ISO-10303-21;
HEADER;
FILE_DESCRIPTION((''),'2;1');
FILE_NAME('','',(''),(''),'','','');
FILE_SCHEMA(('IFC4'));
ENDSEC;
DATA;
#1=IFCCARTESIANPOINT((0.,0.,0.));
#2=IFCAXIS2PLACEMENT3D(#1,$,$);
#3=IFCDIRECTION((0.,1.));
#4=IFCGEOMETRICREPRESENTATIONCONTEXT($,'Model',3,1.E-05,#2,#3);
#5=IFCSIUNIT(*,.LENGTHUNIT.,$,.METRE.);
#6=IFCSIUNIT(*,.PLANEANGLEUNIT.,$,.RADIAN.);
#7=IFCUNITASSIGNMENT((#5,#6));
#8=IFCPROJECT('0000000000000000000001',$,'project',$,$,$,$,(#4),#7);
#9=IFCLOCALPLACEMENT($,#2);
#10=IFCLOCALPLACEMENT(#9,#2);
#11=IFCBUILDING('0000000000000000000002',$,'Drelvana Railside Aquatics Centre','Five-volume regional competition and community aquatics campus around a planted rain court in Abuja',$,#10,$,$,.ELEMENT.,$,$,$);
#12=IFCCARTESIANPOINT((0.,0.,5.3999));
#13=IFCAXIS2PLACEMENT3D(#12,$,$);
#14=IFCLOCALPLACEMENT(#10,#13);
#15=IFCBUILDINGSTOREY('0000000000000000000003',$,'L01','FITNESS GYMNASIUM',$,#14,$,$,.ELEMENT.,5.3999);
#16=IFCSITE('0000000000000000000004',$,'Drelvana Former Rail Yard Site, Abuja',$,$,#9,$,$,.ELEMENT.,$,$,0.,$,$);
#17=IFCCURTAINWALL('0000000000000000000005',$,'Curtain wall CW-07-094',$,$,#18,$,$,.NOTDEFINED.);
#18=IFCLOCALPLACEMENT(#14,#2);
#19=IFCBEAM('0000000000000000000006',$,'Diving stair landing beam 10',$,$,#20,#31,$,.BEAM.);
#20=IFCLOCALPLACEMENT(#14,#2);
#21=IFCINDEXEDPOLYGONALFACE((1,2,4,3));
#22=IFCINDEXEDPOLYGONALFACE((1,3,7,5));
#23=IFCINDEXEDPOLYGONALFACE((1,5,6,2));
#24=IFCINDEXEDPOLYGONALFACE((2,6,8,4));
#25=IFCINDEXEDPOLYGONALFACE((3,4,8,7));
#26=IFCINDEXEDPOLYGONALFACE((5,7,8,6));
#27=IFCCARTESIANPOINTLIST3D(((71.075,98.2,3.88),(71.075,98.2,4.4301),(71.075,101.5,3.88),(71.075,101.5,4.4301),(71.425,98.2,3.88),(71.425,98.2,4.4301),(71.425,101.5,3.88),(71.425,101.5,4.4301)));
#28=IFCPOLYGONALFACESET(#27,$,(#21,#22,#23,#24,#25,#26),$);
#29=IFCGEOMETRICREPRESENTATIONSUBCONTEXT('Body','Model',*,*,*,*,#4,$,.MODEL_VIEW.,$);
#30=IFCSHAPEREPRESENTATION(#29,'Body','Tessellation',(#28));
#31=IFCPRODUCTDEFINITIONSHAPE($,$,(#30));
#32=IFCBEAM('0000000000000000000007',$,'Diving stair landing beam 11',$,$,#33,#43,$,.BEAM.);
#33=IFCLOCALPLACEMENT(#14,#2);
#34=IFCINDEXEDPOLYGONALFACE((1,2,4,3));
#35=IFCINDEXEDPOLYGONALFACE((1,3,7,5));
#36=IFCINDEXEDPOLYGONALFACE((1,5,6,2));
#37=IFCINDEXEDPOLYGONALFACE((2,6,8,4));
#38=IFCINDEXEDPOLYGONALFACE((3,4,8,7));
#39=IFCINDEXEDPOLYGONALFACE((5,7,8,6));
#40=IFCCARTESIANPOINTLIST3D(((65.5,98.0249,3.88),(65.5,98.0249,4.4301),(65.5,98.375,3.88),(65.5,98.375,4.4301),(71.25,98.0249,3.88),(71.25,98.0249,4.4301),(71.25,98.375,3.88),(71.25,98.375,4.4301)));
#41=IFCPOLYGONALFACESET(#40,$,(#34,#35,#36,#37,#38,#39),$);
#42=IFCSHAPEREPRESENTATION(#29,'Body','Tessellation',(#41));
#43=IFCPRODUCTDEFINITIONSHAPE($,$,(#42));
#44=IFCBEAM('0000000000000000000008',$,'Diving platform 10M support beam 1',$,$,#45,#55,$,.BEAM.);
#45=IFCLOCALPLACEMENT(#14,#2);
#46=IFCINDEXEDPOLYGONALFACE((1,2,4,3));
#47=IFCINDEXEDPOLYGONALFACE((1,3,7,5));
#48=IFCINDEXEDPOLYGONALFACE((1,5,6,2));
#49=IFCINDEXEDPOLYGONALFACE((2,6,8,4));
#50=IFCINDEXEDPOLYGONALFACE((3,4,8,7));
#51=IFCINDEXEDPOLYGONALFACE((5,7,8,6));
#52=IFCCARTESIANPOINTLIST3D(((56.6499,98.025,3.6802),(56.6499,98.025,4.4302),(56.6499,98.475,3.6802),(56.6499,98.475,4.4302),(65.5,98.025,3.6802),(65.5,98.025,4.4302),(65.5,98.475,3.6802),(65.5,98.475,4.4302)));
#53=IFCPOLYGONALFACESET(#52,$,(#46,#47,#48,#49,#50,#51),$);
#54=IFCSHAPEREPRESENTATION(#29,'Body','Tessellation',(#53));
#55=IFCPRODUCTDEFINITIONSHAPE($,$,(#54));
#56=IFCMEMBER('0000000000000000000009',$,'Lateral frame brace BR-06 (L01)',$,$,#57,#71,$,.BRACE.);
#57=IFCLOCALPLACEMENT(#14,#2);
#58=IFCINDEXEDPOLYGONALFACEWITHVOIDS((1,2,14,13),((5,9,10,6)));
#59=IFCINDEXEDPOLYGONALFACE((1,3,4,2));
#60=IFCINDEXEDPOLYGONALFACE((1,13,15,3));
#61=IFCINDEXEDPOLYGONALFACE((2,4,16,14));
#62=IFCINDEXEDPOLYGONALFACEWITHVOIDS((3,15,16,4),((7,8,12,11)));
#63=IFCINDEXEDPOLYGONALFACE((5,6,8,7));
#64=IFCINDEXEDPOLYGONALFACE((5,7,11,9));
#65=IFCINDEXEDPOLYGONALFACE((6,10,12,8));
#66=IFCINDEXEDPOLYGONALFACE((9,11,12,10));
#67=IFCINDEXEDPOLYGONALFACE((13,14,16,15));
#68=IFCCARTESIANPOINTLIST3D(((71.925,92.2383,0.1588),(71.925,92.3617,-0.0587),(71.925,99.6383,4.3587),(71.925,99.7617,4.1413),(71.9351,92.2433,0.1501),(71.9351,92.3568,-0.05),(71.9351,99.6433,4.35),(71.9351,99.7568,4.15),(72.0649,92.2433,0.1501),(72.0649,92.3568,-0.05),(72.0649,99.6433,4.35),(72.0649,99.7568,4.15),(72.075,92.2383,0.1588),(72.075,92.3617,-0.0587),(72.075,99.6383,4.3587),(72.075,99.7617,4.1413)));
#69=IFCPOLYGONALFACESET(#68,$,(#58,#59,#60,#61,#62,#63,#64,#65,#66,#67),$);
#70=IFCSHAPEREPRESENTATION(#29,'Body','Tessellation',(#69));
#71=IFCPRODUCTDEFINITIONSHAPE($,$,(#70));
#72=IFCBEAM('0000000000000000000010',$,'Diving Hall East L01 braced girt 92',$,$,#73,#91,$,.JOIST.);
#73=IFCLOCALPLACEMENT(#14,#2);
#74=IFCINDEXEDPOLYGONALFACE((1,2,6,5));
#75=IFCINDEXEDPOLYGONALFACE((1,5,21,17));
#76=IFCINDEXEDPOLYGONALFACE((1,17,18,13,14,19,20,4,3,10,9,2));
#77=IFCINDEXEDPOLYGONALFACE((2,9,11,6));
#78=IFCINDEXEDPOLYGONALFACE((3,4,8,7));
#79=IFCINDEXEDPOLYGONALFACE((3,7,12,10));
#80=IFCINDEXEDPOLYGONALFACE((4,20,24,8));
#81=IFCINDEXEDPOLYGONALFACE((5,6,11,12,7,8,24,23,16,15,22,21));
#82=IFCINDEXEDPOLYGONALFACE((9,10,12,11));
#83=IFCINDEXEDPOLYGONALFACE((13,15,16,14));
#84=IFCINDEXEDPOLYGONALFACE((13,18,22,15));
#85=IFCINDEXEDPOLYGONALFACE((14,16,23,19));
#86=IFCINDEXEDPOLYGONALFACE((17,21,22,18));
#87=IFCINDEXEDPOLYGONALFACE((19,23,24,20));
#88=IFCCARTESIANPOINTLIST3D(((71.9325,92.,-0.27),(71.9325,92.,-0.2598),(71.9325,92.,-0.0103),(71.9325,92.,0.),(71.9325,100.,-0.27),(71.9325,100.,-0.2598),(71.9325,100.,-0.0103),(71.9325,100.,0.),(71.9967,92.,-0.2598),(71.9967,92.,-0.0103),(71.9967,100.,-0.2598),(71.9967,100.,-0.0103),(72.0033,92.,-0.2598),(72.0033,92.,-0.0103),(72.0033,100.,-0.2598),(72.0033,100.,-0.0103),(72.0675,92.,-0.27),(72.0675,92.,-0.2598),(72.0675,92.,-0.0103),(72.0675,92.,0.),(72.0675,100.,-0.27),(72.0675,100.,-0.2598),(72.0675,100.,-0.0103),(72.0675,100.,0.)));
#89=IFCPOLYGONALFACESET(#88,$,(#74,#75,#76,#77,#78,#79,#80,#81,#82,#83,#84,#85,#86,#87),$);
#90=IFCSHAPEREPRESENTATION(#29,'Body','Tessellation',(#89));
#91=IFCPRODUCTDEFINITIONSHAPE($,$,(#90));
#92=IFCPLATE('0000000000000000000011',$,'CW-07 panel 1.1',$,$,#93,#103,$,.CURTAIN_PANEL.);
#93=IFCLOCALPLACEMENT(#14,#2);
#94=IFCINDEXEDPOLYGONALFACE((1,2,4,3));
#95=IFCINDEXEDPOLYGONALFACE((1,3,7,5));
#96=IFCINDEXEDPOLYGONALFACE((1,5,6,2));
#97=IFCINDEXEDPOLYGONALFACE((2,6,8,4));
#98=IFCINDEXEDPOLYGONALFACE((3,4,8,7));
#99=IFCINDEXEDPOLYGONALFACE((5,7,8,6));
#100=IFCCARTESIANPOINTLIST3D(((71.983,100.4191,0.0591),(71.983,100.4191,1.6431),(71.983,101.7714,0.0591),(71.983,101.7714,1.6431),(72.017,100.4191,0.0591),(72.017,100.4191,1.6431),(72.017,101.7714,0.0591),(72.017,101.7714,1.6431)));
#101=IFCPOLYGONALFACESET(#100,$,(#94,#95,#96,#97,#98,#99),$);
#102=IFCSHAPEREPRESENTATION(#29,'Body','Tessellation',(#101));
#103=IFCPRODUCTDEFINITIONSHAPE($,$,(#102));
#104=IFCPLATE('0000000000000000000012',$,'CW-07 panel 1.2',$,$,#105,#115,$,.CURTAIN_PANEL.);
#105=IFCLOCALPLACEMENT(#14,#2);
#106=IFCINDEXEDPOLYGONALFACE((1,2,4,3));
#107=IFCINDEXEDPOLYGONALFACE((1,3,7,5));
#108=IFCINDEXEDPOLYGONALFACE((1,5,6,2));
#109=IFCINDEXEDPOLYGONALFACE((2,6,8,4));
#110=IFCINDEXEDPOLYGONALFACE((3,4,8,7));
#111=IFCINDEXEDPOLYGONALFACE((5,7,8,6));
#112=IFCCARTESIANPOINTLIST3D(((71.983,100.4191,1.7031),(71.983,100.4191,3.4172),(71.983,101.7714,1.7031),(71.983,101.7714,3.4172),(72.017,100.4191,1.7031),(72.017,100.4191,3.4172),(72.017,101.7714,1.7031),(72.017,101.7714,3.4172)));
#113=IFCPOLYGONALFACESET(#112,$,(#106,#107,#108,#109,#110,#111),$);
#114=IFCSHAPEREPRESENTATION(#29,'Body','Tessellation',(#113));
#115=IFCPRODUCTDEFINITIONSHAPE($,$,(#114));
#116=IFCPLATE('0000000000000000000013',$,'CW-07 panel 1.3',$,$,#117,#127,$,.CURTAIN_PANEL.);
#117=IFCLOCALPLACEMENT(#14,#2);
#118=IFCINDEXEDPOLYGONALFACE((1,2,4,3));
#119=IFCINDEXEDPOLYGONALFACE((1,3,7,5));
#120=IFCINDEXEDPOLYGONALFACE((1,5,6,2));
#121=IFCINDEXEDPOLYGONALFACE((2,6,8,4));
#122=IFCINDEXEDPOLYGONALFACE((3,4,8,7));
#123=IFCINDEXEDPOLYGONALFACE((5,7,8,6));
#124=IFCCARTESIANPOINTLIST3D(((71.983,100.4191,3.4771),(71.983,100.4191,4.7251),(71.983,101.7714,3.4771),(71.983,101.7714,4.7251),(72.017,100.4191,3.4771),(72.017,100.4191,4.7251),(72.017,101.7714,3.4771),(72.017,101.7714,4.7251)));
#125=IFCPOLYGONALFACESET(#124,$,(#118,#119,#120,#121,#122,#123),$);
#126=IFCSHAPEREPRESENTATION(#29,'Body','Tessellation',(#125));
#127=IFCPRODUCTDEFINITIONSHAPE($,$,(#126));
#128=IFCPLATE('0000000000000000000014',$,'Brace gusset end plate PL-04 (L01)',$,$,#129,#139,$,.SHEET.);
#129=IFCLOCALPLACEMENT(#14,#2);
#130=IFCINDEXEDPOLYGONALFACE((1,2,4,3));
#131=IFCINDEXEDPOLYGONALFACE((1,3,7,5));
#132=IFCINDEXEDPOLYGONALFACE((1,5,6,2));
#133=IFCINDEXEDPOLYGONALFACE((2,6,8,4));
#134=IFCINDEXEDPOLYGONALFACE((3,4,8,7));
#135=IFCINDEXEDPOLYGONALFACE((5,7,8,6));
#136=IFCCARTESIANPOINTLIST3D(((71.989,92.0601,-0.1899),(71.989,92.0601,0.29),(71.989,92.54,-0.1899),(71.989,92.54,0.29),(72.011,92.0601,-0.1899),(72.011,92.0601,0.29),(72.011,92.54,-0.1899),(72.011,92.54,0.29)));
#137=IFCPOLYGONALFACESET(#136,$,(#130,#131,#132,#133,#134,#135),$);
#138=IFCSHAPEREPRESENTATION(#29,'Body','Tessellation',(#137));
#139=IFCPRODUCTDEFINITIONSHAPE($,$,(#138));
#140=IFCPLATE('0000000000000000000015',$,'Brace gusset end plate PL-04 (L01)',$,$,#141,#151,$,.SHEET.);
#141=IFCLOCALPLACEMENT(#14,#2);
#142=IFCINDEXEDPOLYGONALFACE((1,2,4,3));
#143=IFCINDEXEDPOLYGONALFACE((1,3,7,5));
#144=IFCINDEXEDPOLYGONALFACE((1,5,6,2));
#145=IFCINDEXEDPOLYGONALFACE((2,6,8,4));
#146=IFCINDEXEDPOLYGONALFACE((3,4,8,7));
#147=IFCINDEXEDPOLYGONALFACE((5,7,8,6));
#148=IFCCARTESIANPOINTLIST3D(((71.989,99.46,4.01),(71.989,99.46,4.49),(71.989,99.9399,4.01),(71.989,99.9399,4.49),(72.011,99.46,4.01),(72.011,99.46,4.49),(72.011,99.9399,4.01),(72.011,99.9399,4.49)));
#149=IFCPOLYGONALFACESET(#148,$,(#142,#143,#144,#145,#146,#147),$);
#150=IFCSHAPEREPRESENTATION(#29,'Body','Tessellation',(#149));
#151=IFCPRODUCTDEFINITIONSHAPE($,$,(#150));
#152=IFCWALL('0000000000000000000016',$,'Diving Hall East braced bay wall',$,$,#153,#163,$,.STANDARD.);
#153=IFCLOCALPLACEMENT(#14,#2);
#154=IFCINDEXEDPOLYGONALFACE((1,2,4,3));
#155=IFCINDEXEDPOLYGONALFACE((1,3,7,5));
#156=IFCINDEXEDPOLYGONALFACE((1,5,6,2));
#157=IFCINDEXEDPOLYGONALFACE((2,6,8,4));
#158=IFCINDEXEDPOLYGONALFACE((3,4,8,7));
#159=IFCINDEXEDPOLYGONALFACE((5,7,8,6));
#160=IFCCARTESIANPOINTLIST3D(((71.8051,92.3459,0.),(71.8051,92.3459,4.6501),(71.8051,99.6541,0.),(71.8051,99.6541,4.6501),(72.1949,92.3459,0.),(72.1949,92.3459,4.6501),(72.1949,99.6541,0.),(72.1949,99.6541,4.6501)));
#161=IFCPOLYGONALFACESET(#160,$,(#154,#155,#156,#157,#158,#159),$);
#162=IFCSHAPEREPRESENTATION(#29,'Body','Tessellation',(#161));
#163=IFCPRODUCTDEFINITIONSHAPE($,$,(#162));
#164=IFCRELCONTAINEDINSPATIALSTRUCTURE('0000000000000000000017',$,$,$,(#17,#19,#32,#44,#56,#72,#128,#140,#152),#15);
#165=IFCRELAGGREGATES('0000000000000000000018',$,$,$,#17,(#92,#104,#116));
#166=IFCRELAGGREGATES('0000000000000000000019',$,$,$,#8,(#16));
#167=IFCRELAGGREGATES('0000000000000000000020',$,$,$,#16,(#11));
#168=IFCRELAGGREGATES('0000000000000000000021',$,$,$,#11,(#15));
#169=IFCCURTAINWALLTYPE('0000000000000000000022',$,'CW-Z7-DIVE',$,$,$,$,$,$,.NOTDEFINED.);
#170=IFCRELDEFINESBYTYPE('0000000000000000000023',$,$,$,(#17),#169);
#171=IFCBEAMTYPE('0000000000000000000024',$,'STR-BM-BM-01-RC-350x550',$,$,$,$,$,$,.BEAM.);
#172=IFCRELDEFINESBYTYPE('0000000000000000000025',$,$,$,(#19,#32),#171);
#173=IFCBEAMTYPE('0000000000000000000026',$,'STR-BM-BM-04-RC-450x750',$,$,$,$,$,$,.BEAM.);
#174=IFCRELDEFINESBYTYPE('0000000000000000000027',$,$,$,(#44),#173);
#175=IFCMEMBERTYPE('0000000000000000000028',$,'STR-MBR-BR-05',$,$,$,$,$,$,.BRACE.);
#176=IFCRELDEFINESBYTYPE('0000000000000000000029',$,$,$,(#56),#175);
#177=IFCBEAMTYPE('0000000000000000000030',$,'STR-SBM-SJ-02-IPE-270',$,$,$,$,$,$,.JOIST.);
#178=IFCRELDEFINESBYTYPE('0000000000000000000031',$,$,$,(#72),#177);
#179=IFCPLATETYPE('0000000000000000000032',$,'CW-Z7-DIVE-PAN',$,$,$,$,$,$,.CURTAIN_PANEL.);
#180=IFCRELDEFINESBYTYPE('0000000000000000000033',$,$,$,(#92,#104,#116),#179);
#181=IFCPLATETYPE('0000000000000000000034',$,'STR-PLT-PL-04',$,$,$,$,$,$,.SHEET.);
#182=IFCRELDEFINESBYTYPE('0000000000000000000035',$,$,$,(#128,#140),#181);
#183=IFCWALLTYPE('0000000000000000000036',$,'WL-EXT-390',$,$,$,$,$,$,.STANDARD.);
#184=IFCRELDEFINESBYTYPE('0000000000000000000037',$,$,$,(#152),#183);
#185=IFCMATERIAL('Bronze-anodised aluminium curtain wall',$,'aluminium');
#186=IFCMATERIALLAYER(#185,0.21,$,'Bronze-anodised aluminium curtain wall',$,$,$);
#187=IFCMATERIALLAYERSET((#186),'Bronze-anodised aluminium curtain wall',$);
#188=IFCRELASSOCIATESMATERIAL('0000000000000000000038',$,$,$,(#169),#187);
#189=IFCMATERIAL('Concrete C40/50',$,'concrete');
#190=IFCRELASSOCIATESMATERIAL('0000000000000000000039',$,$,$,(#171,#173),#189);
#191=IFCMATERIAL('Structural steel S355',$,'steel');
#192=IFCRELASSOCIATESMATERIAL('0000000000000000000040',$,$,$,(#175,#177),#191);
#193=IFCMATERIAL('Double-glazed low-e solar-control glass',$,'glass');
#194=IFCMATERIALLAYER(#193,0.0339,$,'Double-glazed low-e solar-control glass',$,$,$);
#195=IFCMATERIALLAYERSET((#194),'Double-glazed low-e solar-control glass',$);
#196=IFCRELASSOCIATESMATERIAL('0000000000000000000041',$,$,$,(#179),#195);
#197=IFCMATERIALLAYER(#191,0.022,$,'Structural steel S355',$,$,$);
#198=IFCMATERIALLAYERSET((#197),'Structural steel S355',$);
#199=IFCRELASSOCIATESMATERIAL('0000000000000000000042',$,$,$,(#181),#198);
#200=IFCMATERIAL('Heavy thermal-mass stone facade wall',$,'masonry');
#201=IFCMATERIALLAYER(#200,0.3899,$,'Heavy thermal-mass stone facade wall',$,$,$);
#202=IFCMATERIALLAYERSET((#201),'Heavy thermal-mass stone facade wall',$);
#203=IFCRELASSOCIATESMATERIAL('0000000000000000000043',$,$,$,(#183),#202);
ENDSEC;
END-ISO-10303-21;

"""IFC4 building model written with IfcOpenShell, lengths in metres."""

from ifc_helpers import new_model, si_unit, direction, frame, frame_2d, origin, origin_2d, place, context, subcontext, project, spatial, rectangle, hollow_rectangle, i_section, extrude, material, layer, layer_set, material_profile, profile_set, type_object, element, aggregate, save


model = new_model("IFC4")

# Units and contexts
model_context = context("Model", 3, precision=1e-05, world=origin(), true_north=direction((0.0, 1.0)))
body_context = subcontext(model_context, "Body", "Model", "MODEL_VIEW")
ifc_project = project(units=[si_unit("LENGTHUNIT", "METRE"), si_unit("PLANEANGLEUNIT", "RADIAN")], contexts=[model_context])

# Site, building, storey
site_placement = place(None, origin())
site = spatial("IfcSite", under=ifc_project, at=site_placement, Name="Drelvana Former Rail Yard Site, Abuja", CompositionType="ELEMENT", RefElevation=0.0)
building_placement = place(site_placement, origin())
building = spatial("IfcBuilding", under=site, at=building_placement, Name="Drelvana Railside Aquatics Centre", Description="Five-volume regional competition and community aquatics campus around a planted rain court in Abuja", CompositionType="ELEMENT")
storey_placement = place(building_placement, frame((0.0, 0.0, 5.3999)))
storey = spatial("IfcBuildingStorey", under=building, at=storey_placement, Name="L01", Description="FITNESS GYMNASIUM", CompositionType="ELEMENT", Elevation=5.3999)

# Shared definitions
ifc_material_1 = material(Name="Concrete C40/50", Category="concrete")

# Curtain wall
ifc_material_2 = material(Name="Bronze-anodised aluminium curtain wall", Category="aluminium")
ifc_layer_1 = layer(ifc_material_2, 0.21, Name="Bronze-anodised aluminium curtain wall")
ifc_layer_set_1 = layer_set([ifc_layer_1], Name="Bronze-anodised aluminium curtain wall")
curtain_wall_type = type_object("IfcCurtainWallType", Name="CW-Z7-DIVE", PredefinedType="NOTDEFINED", material=ifc_layer_set_1)
curtain_wall_placement = place(storey_placement, origin())
curtain_wall = element("IfcCurtainWall", 1, at=curtain_wall_placement, inside=storey, type_object=curtain_wall_type, Name="Curtain wall CW-07-094", PredefinedType="NOTDEFINED")

# Beams
ifc_material_profile_1 = material_profile(ifc_material_1, rectangle(XDim=0.3501, YDim=0.55, at=origin_2d()), Name="RC 350x550")
ifc_profile_set_1 = profile_set([ifc_material_profile_1], Name="Concrete C40/50")
beam_type_1 = type_object("IfcBeamType", Name="STR-BM-BM-01-RC-350x550", PredefinedType="BEAM", material=ifc_profile_set_1)
beam_1_placement = place(storey_placement, frame((71.25, 98.2, 4.155), z_axis=(0.0, 1.0, 0.0), x_axis=(-1.0, 0.0, 0.0)))
element("IfcBeam", 2, at=beam_1_placement, inside=storey, type_object=beam_type_1, Name="Diving stair landing beam 10", PredefinedType="BEAM", context=body_context, shape_type="SweptSolid", body=[
    extrude(rectangle(XDim=0.3501, YDim=0.55, at=origin_2d()), origin(), (0.0, 0.0, 1.0), 3.3),
])
beam_2_placement = place(storey_placement, frame((65.5, 98.2, 4.155), z_axis=(1.0, 0.0, 0.0), x_axis=(0.0, 1.0, 0.0)))
element("IfcBeam", 3, at=beam_2_placement, inside=storey, type_object=beam_type_1, Name="Diving stair landing beam 11", PredefinedType="BEAM", context=body_context, shape_type="SweptSolid", body=[
    extrude(rectangle(XDim=0.3501, YDim=0.55, at=origin_2d()), origin(), (0.0, 0.0, 1.0), 5.75),
])
ifc_material_profile_2 = material_profile(ifc_material_1, rectangle(XDim=0.45, YDim=0.75, at=origin_2d()), Name="RC 450x750")
ifc_profile_set_2 = profile_set([ifc_material_profile_2], Name="Concrete C40/50")
beam_type_2 = type_object("IfcBeamType", Name="STR-BM-BM-04-RC-450x750", PredefinedType="BEAM", material=ifc_profile_set_2)
beam_3_placement = place(storey_placement, frame((65.5, 98.25, 4.0552), z_axis=(-1.0, 0.0, 0.0), x_axis=(0.0, -1.0, 0.0)))
element("IfcBeam", 4, at=beam_3_placement, inside=storey, type_object=beam_type_2, Name="Diving platform 10M support beam 1", PredefinedType="BEAM", context=body_context, shape_type="SweptSolid", body=[
    extrude(rectangle(XDim=0.45, YDim=0.75, at=origin_2d()), origin(), (0.0, 0.0, 1.0), 8.8501),
])

# Member
ifc_material_3 = material(Name="Structural steel S355", Category="steel")
ifc_material_profile_3 = material_profile(ifc_material_3, hollow_rectangle(XDim=0.1499, YDim=0.25, WallThickness=0.01, at=origin_2d()), Name="RHS 250x150x10")
ifc_profile_set_3 = profile_set([ifc_material_profile_3], Name="Structural steel S355")
member_type_1 = type_object("IfcMemberType", Name="STR-MBR-BR-05", PredefinedType="BRACE", material=ifc_profile_set_3)
member_1_placement = place(storey_placement, frame((72.0, 92.3, 0.05), z_axis=(0.0, 0.869686, 0.493606), x_axis=(-1.0, 0.0, 0.0)))
element("IfcMember", 5, at=member_1_placement, inside=storey, type_object=member_type_1, Name="Lateral frame brace BR-06 (L01)", PredefinedType="BRACE", context=body_context, shape_type="SweptSolid", body=[
    extrude(hollow_rectangle(XDim=0.1499, YDim=0.25, WallThickness=0.01, at=origin_2d()), origin(), (0.0, 0.0, 1.0), 8.5088),
])

# Beam
ifc_material_profile_4 = material_profile(ifc_material_3, i_section(OverallWidth=0.135, OverallDepth=0.27, WebThickness=0.0066, FlangeThickness=0.0103, at=origin_2d()), Name="IPE 270")
ifc_profile_set_4 = profile_set([ifc_material_profile_4], Name="Structural steel S355")
beam_type_3 = type_object("IfcBeamType", Name="STR-SBM-SJ-02-IPE-270", PredefinedType="JOIST", material=ifc_profile_set_4)
beam_4_placement = place(storey_placement, frame((72.0, 92.0, -0.135), z_axis=(0.0, 1.0, 0.0), x_axis=(-1.0, 0.0, 0.0)))
element("IfcBeam", 6, at=beam_4_placement, inside=storey, type_object=beam_type_3, Name="Diving Hall East L01 braced girt 92", PredefinedType="JOIST", context=body_context, shape_type="SweptSolid", body=[
    extrude(i_section(OverallWidth=0.135, OverallDepth=0.27, WebThickness=0.0066, FlangeThickness=0.0103, at=origin_2d()), origin(), (0.0, 0.0, 1.0), 8.0),
])

# Plates
ifc_material_4 = material(Name="Double-glazed low-e solar-control glass", Category="glass")
ifc_layer_2 = layer(ifc_material_4, 0.0339, Name="Double-glazed low-e solar-control glass")
ifc_layer_set_2 = layer_set([ifc_layer_2], Name="Double-glazed low-e solar-control glass")
plate_type_1 = type_object("IfcPlateType", Name="CW-Z7-DIVE-PAN", PredefinedType="CURTAIN_PANEL", material=ifc_layer_set_2)
plate_1_placement = place(storey_placement, frame((72.0, 101.0952, 0.0591), z_axis=(0.0, 0.0, 1.0), x_axis=(0.0, 1.0, 0.0)))
plate_1 = element("IfcPlate", 7, at=plate_1_placement, type_object=plate_type_1, Name="CW-07 panel 1.1", PredefinedType="CURTAIN_PANEL", context=body_context, shape_type="SweptSolid", body=[
    extrude(rectangle(XDim=1.3523, YDim=0.0339, at=origin_2d()), origin(), (0.0, 0.0, 1.0), 1.584),
])
plate_2_placement = place(storey_placement, frame((72.0, 101.0952, 1.7031), z_axis=(0.0, 0.0, 1.0), x_axis=(0.0, 1.0, 0.0)))
plate_2 = element("IfcPlate", 8, at=plate_2_placement, type_object=plate_type_1, Name="CW-07 panel 1.2", PredefinedType="CURTAIN_PANEL", context=body_context, shape_type="SweptSolid", body=[
    extrude(rectangle(XDim=1.3523, YDim=0.0339, at=origin_2d()), origin(), (0.0, 0.0, 1.0), 1.7141),
])
plate_3_placement = place(storey_placement, frame((72.0, 101.0952, 3.4771), z_axis=(0.0, 0.0, 1.0), x_axis=(0.0, 1.0, 0.0)))
plate_3 = element("IfcPlate", 9, at=plate_3_placement, type_object=plate_type_1, Name="CW-07 panel 1.3", PredefinedType="CURTAIN_PANEL", context=body_context, shape_type="SweptSolid", body=[
    extrude(rectangle(XDim=1.3523, YDim=0.0339, at=origin_2d()), origin(), (0.0, 0.0, 1.0), 1.248),
])
aggregate(curtain_wall, [plate_1, plate_2, plate_3])

# Plates
ifc_layer_3 = layer(ifc_material_3, 0.022, Name="Structural steel S355")
ifc_layer_set_3 = layer_set([ifc_layer_3], Name="Structural steel S355")
plate_type_2 = type_object("IfcPlateType", Name="STR-PLT-PL-04", PredefinedType="SHEET", material=ifc_layer_set_3)
for number, where, z_axis, x_axis, name in (
    (10, (72.0, 92.3, -0.1899), (0.0, 0.0, 1.0), (1.0, 0.0, 0.0), "Brace gusset end plate PL-04 (L01)"),
    (11, (72.0, 99.7, 4.01), (0.0, 0.0, 1.0), (1.0, 0.0, 0.0), "Brace gusset end plate PL-04 (L01)"),
):
    element("IfcPlate", number, at=place(storey_placement, frame(where, z_axis=z_axis, x_axis=x_axis)), inside=storey, type_object=plate_type_2, Name=name, PredefinedType="SHEET", context=body_context, shape_type="SweptSolid", body=[
        extrude(rectangle(XDim=0.022, YDim=0.48, at=origin_2d()), origin(), (0.0, 0.0, 1.0), 0.48),
    ])

# Wall
ifc_material_5 = material(Name="Heavy thermal-mass stone facade wall", Category="masonry")
ifc_layer_4 = layer(ifc_material_5, 0.3899, Name="Heavy thermal-mass stone facade wall")
ifc_layer_set_4 = layer_set([ifc_layer_4], Name="Heavy thermal-mass stone facade wall")
wall_type = type_object("IfcWallType", Name="WL-EXT-390", PredefinedType="STANDARD", material=ifc_layer_set_4)
wall_placement = place(storey_placement, frame((72.0, 92.3459, 0.0), z_axis=(0.0, 0.0, 1.0), x_axis=(0.0, 1.0, 0.0)))
element("IfcWall", 12, at=wall_placement, inside=storey, type_object=wall_type, Name="Diving Hall East braced bay wall", PredefinedType="STANDARD", context=body_context, shape_type="SweptSolid", body=[
    extrude(rectangle(XDim=7.3081, YDim=0.3899, at=frame_2d((3.6541, 0.0))), origin(), (0.0, 0.0, 1.0), 4.6501),
])

save(model, "model.ifc")
